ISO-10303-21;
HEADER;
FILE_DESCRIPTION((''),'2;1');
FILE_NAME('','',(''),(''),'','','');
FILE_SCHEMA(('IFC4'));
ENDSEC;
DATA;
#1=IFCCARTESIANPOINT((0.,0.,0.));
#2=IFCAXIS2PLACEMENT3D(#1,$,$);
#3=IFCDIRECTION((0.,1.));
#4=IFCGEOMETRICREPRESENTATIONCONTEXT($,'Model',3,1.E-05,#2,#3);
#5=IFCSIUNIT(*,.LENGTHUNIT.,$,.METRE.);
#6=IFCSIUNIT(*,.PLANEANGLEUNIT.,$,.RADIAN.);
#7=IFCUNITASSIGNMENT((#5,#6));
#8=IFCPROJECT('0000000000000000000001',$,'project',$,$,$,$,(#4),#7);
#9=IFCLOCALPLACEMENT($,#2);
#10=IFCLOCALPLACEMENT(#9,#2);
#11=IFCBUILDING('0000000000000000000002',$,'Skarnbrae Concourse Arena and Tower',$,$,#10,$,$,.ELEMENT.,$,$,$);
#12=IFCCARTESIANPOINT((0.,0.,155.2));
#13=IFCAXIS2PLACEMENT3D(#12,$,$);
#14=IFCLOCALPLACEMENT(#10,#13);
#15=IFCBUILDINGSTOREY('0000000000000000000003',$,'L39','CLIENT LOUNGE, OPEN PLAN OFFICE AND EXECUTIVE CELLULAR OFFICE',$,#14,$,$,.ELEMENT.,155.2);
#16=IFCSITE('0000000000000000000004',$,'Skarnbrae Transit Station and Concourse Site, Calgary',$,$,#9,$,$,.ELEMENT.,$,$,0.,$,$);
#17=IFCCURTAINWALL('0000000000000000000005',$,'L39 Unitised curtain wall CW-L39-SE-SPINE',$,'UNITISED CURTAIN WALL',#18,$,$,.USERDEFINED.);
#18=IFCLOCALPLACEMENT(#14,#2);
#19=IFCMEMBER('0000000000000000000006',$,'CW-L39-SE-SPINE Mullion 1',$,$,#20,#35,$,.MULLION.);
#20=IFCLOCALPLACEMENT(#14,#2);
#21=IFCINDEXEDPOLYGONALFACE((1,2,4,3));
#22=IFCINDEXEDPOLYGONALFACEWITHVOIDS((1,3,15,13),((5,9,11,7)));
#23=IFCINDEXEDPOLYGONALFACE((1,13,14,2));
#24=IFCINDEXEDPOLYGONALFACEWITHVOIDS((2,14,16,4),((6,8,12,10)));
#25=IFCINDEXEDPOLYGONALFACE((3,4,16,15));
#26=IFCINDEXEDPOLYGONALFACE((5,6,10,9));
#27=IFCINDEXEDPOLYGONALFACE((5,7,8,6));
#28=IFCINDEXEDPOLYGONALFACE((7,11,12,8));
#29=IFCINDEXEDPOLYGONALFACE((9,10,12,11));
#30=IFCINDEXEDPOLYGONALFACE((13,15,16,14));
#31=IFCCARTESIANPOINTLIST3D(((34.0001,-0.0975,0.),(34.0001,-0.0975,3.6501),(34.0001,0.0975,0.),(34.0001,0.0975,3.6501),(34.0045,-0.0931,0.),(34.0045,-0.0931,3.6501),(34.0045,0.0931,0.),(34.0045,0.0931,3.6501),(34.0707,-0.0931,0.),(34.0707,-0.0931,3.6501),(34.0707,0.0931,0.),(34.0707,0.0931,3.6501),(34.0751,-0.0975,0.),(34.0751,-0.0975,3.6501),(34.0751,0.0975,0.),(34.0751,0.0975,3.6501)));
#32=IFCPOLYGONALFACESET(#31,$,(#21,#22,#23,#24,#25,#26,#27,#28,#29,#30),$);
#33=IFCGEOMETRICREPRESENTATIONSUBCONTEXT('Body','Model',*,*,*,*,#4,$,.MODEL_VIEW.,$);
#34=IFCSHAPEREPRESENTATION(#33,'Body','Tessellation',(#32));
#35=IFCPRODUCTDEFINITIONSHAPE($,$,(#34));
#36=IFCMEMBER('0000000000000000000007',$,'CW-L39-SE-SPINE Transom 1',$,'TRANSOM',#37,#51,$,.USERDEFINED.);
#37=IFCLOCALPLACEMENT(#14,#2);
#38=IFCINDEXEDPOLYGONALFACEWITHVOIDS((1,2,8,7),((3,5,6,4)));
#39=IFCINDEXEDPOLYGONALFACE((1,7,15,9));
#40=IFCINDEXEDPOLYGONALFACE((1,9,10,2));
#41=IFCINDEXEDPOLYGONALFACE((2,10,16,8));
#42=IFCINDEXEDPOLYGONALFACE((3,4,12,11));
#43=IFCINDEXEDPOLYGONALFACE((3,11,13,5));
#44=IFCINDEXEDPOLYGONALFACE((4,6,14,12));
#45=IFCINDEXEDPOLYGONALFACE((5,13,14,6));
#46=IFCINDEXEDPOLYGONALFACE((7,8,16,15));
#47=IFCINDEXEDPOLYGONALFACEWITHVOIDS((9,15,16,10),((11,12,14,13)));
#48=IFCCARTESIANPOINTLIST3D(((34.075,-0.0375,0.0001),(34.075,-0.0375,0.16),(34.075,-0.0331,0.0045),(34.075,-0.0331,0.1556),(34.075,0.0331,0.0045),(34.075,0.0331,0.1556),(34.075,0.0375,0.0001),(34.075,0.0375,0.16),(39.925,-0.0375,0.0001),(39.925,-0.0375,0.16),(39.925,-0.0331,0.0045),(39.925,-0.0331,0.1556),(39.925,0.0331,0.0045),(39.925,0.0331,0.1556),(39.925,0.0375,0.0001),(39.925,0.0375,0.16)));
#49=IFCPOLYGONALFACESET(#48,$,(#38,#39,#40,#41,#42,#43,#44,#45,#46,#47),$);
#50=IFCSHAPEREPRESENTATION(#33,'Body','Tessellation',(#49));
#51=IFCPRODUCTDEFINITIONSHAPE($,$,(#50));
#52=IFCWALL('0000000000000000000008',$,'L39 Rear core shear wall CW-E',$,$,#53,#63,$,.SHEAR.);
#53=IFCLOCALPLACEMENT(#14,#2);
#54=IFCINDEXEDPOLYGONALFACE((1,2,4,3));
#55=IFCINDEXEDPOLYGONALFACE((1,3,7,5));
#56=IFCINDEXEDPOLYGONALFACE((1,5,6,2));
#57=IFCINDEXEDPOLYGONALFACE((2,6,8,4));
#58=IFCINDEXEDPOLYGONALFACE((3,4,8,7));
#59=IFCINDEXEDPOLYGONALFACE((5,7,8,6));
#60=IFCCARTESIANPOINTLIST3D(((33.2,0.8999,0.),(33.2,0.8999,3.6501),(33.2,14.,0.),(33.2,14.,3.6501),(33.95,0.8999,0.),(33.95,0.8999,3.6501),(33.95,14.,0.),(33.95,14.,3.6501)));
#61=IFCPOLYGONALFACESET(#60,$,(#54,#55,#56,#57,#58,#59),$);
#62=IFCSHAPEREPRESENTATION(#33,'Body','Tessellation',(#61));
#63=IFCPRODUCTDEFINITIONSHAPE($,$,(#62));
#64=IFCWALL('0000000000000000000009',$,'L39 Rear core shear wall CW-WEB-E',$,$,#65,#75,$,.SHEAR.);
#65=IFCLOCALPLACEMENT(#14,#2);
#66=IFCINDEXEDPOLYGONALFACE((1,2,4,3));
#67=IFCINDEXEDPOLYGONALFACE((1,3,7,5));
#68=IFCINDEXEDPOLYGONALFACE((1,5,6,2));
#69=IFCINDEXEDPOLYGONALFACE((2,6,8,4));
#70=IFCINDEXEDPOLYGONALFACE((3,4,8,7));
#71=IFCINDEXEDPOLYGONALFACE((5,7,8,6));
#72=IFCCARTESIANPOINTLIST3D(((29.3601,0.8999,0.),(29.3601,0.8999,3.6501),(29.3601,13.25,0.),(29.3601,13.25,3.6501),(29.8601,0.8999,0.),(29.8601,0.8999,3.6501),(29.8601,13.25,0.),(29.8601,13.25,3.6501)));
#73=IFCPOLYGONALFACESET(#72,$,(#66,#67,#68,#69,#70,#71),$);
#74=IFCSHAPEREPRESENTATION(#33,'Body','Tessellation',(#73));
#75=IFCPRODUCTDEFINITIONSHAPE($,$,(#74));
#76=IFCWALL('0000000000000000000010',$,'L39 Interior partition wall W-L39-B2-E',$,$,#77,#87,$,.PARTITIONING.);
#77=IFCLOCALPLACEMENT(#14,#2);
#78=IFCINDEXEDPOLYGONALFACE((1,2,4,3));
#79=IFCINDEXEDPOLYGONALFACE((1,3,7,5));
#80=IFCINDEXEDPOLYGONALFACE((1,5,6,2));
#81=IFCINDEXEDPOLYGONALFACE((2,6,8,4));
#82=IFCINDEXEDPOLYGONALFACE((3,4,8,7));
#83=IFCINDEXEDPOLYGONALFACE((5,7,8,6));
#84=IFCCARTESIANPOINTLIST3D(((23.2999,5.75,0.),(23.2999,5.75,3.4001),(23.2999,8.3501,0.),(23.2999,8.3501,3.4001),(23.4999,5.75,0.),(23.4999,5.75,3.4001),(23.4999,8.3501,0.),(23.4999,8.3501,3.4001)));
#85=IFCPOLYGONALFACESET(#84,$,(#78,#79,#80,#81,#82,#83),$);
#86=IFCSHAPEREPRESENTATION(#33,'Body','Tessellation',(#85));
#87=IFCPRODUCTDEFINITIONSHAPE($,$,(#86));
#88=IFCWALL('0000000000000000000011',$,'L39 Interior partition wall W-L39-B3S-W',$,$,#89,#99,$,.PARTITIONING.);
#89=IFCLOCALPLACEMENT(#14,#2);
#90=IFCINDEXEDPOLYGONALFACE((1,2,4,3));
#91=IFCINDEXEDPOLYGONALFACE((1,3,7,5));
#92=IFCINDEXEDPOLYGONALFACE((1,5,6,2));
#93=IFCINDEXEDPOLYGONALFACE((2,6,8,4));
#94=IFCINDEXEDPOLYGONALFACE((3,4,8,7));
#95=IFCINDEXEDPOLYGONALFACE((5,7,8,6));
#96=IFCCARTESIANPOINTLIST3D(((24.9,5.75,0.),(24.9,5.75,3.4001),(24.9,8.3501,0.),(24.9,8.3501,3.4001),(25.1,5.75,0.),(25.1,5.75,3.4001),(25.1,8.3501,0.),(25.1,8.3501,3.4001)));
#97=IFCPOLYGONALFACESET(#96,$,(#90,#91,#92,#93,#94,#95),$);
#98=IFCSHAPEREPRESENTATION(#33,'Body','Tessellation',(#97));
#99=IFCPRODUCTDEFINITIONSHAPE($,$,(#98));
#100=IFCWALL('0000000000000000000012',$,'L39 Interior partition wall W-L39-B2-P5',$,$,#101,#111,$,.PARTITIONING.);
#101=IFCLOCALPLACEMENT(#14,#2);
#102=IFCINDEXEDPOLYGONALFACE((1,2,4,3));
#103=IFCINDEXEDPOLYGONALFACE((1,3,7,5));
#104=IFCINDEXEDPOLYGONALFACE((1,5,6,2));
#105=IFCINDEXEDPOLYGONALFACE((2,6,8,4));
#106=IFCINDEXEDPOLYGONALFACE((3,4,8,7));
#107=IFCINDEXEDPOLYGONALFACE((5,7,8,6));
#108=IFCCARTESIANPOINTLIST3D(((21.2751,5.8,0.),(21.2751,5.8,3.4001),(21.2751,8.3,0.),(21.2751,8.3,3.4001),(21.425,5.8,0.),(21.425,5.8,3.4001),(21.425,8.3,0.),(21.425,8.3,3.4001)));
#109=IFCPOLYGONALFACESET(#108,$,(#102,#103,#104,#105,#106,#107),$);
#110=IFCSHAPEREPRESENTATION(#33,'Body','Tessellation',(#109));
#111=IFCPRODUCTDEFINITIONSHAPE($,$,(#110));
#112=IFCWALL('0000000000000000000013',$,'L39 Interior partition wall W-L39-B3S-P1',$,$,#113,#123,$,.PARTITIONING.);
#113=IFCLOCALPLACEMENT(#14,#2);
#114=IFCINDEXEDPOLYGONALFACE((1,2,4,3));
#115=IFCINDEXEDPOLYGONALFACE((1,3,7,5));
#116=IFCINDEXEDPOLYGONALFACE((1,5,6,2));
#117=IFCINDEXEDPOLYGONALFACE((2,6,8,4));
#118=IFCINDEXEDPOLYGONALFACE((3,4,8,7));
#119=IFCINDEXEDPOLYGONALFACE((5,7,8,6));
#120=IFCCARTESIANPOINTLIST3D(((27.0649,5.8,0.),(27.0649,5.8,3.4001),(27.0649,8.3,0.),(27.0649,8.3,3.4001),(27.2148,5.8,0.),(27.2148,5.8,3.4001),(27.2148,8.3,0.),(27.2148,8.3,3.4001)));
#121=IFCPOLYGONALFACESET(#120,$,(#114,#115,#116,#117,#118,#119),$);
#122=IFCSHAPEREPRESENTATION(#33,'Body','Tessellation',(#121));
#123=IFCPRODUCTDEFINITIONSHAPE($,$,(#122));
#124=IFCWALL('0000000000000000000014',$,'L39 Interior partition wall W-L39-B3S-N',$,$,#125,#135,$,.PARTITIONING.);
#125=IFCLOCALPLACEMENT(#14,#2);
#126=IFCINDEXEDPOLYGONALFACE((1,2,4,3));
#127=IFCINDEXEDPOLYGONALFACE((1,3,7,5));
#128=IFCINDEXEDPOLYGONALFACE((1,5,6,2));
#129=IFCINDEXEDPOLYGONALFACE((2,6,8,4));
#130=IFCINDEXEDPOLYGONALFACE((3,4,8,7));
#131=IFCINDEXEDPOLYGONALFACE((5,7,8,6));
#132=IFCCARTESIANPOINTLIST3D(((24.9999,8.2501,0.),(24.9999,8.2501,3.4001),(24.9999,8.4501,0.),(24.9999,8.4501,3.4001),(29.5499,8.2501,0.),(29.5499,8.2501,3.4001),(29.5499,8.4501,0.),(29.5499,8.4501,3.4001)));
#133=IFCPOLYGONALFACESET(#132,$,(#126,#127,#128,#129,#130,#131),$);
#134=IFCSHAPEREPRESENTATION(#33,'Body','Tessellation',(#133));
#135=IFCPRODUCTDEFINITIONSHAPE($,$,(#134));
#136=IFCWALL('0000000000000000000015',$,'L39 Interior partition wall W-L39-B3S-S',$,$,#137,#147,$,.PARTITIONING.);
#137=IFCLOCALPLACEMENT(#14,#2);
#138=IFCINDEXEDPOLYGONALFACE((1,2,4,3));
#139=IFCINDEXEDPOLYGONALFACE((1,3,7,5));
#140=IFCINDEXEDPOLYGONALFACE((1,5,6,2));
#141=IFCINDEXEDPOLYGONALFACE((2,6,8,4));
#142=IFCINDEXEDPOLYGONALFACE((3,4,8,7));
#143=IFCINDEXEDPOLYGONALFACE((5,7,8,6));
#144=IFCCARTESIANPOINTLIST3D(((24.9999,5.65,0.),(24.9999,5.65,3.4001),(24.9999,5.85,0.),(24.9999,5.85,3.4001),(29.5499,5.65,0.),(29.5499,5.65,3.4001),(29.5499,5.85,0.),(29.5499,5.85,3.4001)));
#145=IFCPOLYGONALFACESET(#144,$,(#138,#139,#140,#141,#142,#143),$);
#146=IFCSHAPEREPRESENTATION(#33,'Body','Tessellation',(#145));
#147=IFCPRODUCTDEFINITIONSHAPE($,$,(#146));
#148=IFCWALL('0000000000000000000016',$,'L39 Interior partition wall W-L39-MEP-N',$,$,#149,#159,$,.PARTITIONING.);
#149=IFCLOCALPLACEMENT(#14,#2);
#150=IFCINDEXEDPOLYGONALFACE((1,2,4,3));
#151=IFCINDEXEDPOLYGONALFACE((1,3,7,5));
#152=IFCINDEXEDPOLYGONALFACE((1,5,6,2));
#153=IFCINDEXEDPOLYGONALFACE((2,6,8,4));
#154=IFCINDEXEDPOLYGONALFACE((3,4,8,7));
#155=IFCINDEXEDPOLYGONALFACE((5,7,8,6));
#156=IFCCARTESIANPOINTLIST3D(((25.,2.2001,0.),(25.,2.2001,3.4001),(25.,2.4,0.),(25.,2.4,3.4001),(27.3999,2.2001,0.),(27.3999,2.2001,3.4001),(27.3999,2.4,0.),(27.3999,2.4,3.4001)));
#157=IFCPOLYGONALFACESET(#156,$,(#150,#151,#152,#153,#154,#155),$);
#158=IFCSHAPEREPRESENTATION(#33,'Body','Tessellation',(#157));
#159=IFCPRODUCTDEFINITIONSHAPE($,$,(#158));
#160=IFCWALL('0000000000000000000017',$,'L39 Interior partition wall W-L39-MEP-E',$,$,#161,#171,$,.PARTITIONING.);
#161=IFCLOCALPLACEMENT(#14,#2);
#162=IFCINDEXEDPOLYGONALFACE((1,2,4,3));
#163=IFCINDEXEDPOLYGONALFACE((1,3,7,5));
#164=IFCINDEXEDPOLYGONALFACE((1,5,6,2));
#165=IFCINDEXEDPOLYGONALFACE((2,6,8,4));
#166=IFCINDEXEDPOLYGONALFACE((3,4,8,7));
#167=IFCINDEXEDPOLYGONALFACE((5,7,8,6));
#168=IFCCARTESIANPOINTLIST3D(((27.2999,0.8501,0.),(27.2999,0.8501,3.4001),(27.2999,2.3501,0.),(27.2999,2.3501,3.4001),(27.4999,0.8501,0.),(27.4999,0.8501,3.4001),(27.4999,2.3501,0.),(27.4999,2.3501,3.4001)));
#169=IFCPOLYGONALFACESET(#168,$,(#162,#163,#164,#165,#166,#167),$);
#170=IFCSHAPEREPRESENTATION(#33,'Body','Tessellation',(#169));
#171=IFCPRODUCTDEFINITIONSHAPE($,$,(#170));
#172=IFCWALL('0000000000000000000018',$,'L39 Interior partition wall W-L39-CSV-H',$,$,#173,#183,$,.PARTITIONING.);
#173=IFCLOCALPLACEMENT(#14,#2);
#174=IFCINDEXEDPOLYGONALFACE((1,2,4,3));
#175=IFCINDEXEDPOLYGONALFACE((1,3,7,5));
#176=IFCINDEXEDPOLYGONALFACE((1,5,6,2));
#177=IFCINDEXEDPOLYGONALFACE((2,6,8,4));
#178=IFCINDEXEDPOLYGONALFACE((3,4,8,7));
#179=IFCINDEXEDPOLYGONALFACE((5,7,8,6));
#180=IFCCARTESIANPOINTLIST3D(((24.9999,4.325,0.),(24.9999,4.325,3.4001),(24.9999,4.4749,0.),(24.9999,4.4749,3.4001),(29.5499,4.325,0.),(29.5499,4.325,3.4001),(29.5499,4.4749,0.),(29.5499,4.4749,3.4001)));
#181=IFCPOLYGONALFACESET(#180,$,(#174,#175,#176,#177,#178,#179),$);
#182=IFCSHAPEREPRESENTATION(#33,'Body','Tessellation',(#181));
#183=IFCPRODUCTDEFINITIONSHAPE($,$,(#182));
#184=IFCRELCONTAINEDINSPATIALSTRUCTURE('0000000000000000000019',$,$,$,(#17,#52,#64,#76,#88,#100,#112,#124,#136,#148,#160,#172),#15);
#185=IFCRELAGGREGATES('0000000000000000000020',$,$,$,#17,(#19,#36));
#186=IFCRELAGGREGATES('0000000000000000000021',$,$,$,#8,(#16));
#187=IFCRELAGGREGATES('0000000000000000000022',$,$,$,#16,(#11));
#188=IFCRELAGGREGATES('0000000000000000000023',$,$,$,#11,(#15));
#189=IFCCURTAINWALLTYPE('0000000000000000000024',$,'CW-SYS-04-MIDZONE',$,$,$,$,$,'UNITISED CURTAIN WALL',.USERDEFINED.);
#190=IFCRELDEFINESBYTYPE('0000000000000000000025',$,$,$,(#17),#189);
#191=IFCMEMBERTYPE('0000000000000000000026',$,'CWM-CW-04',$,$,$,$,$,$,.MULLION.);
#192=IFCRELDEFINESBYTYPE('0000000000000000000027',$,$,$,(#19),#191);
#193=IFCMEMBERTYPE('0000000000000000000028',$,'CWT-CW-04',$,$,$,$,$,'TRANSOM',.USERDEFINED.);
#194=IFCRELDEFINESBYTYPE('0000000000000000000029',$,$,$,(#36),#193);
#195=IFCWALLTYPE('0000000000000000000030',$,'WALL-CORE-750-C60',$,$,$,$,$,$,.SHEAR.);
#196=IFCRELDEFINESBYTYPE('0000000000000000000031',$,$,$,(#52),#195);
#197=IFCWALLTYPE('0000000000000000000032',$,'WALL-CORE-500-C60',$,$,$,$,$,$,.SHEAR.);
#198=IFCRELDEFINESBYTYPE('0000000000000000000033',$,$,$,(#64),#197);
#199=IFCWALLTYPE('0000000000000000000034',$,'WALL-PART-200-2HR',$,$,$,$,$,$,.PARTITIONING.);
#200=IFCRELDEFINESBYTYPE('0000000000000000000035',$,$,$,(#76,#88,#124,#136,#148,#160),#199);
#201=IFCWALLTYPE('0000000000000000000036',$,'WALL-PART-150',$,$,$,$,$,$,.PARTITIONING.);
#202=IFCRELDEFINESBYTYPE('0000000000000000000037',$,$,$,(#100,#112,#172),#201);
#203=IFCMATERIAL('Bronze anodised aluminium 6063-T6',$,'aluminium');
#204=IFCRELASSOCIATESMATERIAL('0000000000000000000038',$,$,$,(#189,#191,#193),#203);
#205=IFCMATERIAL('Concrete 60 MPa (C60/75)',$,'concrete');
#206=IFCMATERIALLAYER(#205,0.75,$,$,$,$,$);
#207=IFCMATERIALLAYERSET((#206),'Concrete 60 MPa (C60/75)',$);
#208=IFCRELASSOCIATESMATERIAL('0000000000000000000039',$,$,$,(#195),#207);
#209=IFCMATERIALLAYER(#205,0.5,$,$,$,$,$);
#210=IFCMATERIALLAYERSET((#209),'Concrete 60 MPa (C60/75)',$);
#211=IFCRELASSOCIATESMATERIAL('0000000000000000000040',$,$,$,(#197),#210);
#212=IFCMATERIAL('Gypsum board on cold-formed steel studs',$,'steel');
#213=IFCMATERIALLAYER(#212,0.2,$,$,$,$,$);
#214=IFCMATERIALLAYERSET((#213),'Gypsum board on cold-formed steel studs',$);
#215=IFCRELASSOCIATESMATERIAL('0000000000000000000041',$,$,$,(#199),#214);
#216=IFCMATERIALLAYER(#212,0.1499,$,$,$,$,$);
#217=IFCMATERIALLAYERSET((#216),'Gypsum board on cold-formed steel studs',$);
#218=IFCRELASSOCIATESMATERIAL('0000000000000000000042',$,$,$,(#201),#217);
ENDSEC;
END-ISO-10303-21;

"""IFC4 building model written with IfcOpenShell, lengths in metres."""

from ifc_helpers import new_model, si_unit, direction, frame, frame_2d, origin, origin_2d, place, context, subcontext, project, spatial, rectangle, hollow_rectangle, extrude, source, transform, mapped, material, layer, layer_set, material_profile, profile_set, type_object, element, aggregate, save


model = new_model("IFC4")

# Units and contexts
model_context = context("Model", 3, precision=1e-05, world=origin(), true_north=direction((0.0, 1.0)))
body_context = subcontext(model_context, "Body", "Model", "MODEL_VIEW")
ifc_project = project(units=[si_unit("LENGTHUNIT", "METRE"), si_unit("PLANEANGLEUNIT", "RADIAN")], contexts=[model_context])

# Site, building, storey
site_placement = place(None, origin())
site = spatial("IfcSite", under=ifc_project, at=site_placement, Name="Skarnbrae Transit Station and Concourse Site, Calgary", CompositionType="ELEMENT", RefElevation=0.0)
building_placement = place(site_placement, origin())
building = spatial("IfcBuilding", under=site, at=building_placement, Name="Skarnbrae Concourse Arena and Tower", CompositionType="ELEMENT")
storey_placement = place(building_placement, frame((0.0, 0.0, 155.2)))
storey = spatial("IfcBuildingStorey", under=building, at=storey_placement, Name="L39", Description="CLIENT LOUNGE, OPEN PLAN OFFICE AND EXECUTIVE CELLULAR OFFICE", CompositionType="ELEMENT", Elevation=155.2)

# Curtain wall, members
ifc_material_1 = material(Name="Bronze anodised aluminium 6063-T6", Category="aluminium")
curtain_wall_type = type_object("IfcCurtainWallType", Name="CW-SYS-04-MIDZONE", ElementType="UNITISED CURTAIN WALL", PredefinedType="USERDEFINED", material=ifc_material_1)
curtain_wall_placement = place(storey_placement, origin())
curtain_wall = element("IfcCurtainWall", 1, at=curtain_wall_placement, inside=storey, type_object=curtain_wall_type, Name="L39 Unitised curtain wall CW-L39-SE-SPINE", ObjectType="UNITISED CURTAIN WALL", PredefinedType="USERDEFINED")
ifc_material_profile_1 = material_profile(ifc_material_1, hollow_rectangle(XDim=0.075, YDim=0.1951, WallThickness=0.0044, at=origin_2d()), Name="ALU-MULL-75X195")
ifc_profile_set_1 = profile_set([ifc_material_profile_1], Name="Bronze anodised aluminium 6063-T6")
member_type_1 = type_object("IfcMemberType", Name="CWM-CW-04", PredefinedType="MULLION", material=ifc_profile_set_1)
shared_shape_1 = source(origin(), body_context, "Body", "SweptSolid", [
    extrude(hollow_rectangle(XDim=0.075, YDim=0.1951, WallThickness=0.0044, at=origin_2d()), origin(), (0.0, 0.0, 1.0), 3.6501),
])
member_1_placement = place(storey_placement, frame((34.0376, 0.0, 0.0), z_axis=(0.0, 0.0, 1.0), x_axis=(1.0, 0.0, 0.0)))
member_1 = element("IfcMember", 2, at=member_1_placement, type_object=member_type_1, Name="CW-L39-SE-SPINE Mullion 1", PredefinedType="MULLION", context=body_context, shape_type="MappedRepresentation", body=[
    mapped(shared_shape_1, transform((0.0, 0.0, 0.0))),
])
ifc_material_profile_2 = material_profile(ifc_material_1, hollow_rectangle(XDim=0.075, YDim=0.1599, WallThickness=0.0044, at=origin_2d()), Name="ALU-TRAN-75X160")
ifc_profile_set_2 = profile_set([ifc_material_profile_2], Name="Bronze anodised aluminium 6063-T6")
member_type_2 = type_object("IfcMemberType", Name="CWT-CW-04", ElementType="TRANSOM", PredefinedType="USERDEFINED", material=ifc_profile_set_2)
shared_shape_2 = source(origin(), body_context, "Body", "SweptSolid", [
    extrude(hollow_rectangle(XDim=0.075, YDim=0.1599, WallThickness=0.0044, at=origin_2d()), origin(), (0.0, 0.0, 1.0), 5.8501),
])
member_2_placement = place(storey_placement, frame((34.075, 0.0, 0.0801), z_axis=(1.0, 0.0, 0.0), x_axis=(0.0, 1.0, 0.0)))
member_2 = element("IfcMember", 3, at=member_2_placement, type_object=member_type_2, Name="CW-L39-SE-SPINE Transom 1", ObjectType="TRANSOM", PredefinedType="USERDEFINED", context=body_context, shape_type="MappedRepresentation", body=[
    mapped(shared_shape_2, transform((0.0, 0.0, 0.0))),
])
aggregate(curtain_wall, [member_1, member_2])

# Walls
ifc_material_2 = material(Name="Concrete 60 MPa (C60/75)", Category="concrete")
ifc_layer_1 = layer(ifc_material_2, 0.75)
ifc_layer_set_1 = layer_set([ifc_layer_1], Name="Concrete 60 MPa (C60/75)")
wall_type_1 = type_object("IfcWallType", Name="WALL-CORE-750-C60", PredefinedType="SHEAR", material=ifc_layer_set_1)
shared_shape_3 = source(origin(), body_context, "Body", "SweptSolid", [
    extrude(rectangle(XDim=13.1001, YDim=0.75, at=frame_2d((6.55, 0.0))), origin(), (0.0, 0.0, 1.0), 3.6501),
])
wall_1_placement = place(storey_placement, frame((33.575, 0.8999, 0.0), z_axis=(0.0, 0.0, 1.0), x_axis=(0.0, 1.0, 0.0)))
element("IfcWall", 4, at=wall_1_placement, inside=storey, type_object=wall_type_1, Name="L39 Rear core shear wall CW-E", PredefinedType="SHEAR", context=body_context, shape_type="MappedRepresentation", body=[
    mapped(shared_shape_3, transform((0.0, 0.0, 0.0))),
])
ifc_layer_2 = layer(ifc_material_2, 0.5)
ifc_layer_set_2 = layer_set([ifc_layer_2], Name="Concrete 60 MPa (C60/75)")
wall_type_2 = type_object("IfcWallType", Name="WALL-CORE-500-C60", PredefinedType="SHEAR", material=ifc_layer_set_2)
shared_shape_4 = source(origin(), body_context, "Body", "SweptSolid", [
    extrude(rectangle(XDim=12.3501, YDim=0.5, at=frame_2d((6.175, 0.0))), origin(), (0.0, 0.0, 1.0), 3.6501),
])
wall_2_placement = place(storey_placement, frame((29.6101, 0.8999, 0.0), z_axis=(0.0, 0.0, 1.0), x_axis=(0.0, 1.0, 0.0)))
element("IfcWall", 5, at=wall_2_placement, inside=storey, type_object=wall_type_2, Name="L39 Rear core shear wall CW-WEB-E", PredefinedType="SHEAR", context=body_context, shape_type="MappedRepresentation", body=[
    mapped(shared_shape_4, transform((0.0, 0.0, 0.0))),
])
ifc_material_3 = material(Name="Gypsum board on cold-formed steel studs", Category="steel")
ifc_layer_3 = layer(ifc_material_3, 0.2)
ifc_layer_set_3 = layer_set([ifc_layer_3], Name="Gypsum board on cold-formed steel studs")
wall_type_3 = type_object("IfcWallType", Name="WALL-PART-200-2HR", PredefinedType="PARTITIONING", material=ifc_layer_set_3)
shared_shape_5 = source(origin(), body_context, "Body", "SweptSolid", [
    extrude(rectangle(XDim=2.6001, YDim=0.2, at=frame_2d((1.3, 0.0))), origin(), (0.0, 0.0, 1.0), 3.4001),
])
for number, where, z_axis, x_axis, name in (
    (6, (23.3999, 5.75, 0.0), (0.0, 0.0, 1.0), (0.0, 1.0, 0.0), "L39 Interior partition wall W-L39-B2-E"),
    (7, (25.0, 5.75, 0.0), (0.0, 0.0, 1.0), (0.0, 1.0, 0.0), "L39 Interior partition wall W-L39-B3S-W"),
):
    element("IfcWall", number, at=place(storey_placement, frame(where, z_axis=z_axis, x_axis=x_axis)), inside=storey, type_object=wall_type_3, Name=name, PredefinedType="PARTITIONING", context=body_context, shape_type="MappedRepresentation", body=[
        mapped(shared_shape_5, transform((0.0, 0.0, 0.0))),
    ])
ifc_layer_4 = layer(ifc_material_3, 0.1499)
ifc_layer_set_4 = layer_set([ifc_layer_4], Name="Gypsum board on cold-formed steel studs")
wall_type_4 = type_object("IfcWallType", Name="WALL-PART-150", PredefinedType="PARTITIONING", material=ifc_layer_set_4)
shared_shape_6 = source(origin(), body_context, "Body", "SweptSolid", [
    extrude(rectangle(XDim=2.5, YDim=0.1499, at=frame_2d((1.25, 0.0))), origin(), (0.0, 0.0, 1.0), 3.4001),
])
for number, where, z_axis, x_axis, name in (
    (8, (21.3501, 5.8, 0.0), (0.0, 0.0, 1.0), (0.0, 1.0, 0.0), "L39 Interior partition wall W-L39-B2-P5"),
    (9, (27.1399, 5.8, 0.0), (0.0, 0.0, 1.0), (0.0, 1.0, 0.0), "L39 Interior partition wall W-L39-B3S-P1"),
):
    element("IfcWall", number, at=place(storey_placement, frame(where, z_axis=z_axis, x_axis=x_axis)), inside=storey, type_object=wall_type_4, Name=name, PredefinedType="PARTITIONING", context=body_context, shape_type="MappedRepresentation", body=[
        mapped(shared_shape_6, transform((0.0, 0.0, 0.0))),
    ])
shared_shape_7 = source(origin(), body_context, "Body", "SweptSolid", [
    extrude(rectangle(XDim=4.55, YDim=0.2, at=frame_2d((2.2749, 0.0))), origin(), (0.0, 0.0, 1.0), 3.4001),
])
for number, where, z_axis, x_axis, name in (
    (10, (25.0, 8.3501, 0.0), (0.0, 0.0, 1.0), (1.0, 0.0, 0.0), "L39 Interior partition wall W-L39-B3S-N"),
    (11, (25.0, 5.75, 0.0), (0.0, 0.0, 1.0), (1.0, 0.0, 0.0), "L39 Interior partition wall W-L39-B3S-S"),
):
    element("IfcWall", number, at=place(storey_placement, frame(where, z_axis=z_axis, x_axis=x_axis)), inside=storey, type_object=wall_type_3, Name=name, PredefinedType="PARTITIONING", context=body_context, shape_type="MappedRepresentation", body=[
        mapped(shared_shape_7, transform((0.0, 0.0, 0.0))),
    ])

# Walls
shared_shape_8 = source(origin(), body_context, "Body", "SweptSolid", [
    extrude(rectangle(XDim=2.3999, YDim=0.2, at=frame_2d((1.2, 0.0))), origin(), (0.0, 0.0, 1.0), 3.4001),
])
wall_3_placement = place(storey_placement, frame((25.0, 2.3, 0.0), z_axis=(0.0, 0.0, 1.0), x_axis=(1.0, 0.0, 0.0)))
element("IfcWall", 12, at=wall_3_placement, inside=storey, type_object=wall_type_3, Name="L39 Interior partition wall W-L39-MEP-N", PredefinedType="PARTITIONING", context=body_context, shape_type="MappedRepresentation", body=[
    mapped(shared_shape_8, transform((0.0, 0.0, 0.0))),
])
shared_shape_9 = source(origin(), body_context, "Body", "SweptSolid", [
    extrude(rectangle(XDim=1.5, YDim=0.2, at=frame_2d((0.75, 0.0))), origin(), (0.0, 0.0, 1.0), 3.4001),
])
wall_4_placement = place(storey_placement, frame((27.3999, 0.8501, 0.0), z_axis=(0.0, 0.0, 1.0), x_axis=(0.0, 1.0, 0.0)))
element("IfcWall", 13, at=wall_4_placement, inside=storey, type_object=wall_type_3, Name="L39 Interior partition wall W-L39-MEP-E", PredefinedType="PARTITIONING", context=body_context, shape_type="MappedRepresentation", body=[
    mapped(shared_shape_9, transform((0.0, 0.0, 0.0))),
])
shared_shape_10 = source(origin(), body_context, "Body", "SweptSolid", [
    extrude(rectangle(XDim=4.55, YDim=0.1499, at=frame_2d((2.2749, 0.0))), origin(), (0.0, 0.0, 1.0), 3.4001),
])
wall_5_placement = place(storey_placement, frame((25.0, 4.3999, 0.0), z_axis=(0.0, 0.0, 1.0), x_axis=(1.0, 0.0, 0.0)))
element("IfcWall", 14, at=wall_5_placement, inside=storey, type_object=wall_type_4, Name="L39 Interior partition wall W-L39-CSV-H", PredefinedType="PARTITIONING", context=body_context, shape_type="MappedRepresentation", body=[
    mapped(shared_shape_10, transform((0.0, 0.0, 0.0))),
])

save(model, "model.ifc")
